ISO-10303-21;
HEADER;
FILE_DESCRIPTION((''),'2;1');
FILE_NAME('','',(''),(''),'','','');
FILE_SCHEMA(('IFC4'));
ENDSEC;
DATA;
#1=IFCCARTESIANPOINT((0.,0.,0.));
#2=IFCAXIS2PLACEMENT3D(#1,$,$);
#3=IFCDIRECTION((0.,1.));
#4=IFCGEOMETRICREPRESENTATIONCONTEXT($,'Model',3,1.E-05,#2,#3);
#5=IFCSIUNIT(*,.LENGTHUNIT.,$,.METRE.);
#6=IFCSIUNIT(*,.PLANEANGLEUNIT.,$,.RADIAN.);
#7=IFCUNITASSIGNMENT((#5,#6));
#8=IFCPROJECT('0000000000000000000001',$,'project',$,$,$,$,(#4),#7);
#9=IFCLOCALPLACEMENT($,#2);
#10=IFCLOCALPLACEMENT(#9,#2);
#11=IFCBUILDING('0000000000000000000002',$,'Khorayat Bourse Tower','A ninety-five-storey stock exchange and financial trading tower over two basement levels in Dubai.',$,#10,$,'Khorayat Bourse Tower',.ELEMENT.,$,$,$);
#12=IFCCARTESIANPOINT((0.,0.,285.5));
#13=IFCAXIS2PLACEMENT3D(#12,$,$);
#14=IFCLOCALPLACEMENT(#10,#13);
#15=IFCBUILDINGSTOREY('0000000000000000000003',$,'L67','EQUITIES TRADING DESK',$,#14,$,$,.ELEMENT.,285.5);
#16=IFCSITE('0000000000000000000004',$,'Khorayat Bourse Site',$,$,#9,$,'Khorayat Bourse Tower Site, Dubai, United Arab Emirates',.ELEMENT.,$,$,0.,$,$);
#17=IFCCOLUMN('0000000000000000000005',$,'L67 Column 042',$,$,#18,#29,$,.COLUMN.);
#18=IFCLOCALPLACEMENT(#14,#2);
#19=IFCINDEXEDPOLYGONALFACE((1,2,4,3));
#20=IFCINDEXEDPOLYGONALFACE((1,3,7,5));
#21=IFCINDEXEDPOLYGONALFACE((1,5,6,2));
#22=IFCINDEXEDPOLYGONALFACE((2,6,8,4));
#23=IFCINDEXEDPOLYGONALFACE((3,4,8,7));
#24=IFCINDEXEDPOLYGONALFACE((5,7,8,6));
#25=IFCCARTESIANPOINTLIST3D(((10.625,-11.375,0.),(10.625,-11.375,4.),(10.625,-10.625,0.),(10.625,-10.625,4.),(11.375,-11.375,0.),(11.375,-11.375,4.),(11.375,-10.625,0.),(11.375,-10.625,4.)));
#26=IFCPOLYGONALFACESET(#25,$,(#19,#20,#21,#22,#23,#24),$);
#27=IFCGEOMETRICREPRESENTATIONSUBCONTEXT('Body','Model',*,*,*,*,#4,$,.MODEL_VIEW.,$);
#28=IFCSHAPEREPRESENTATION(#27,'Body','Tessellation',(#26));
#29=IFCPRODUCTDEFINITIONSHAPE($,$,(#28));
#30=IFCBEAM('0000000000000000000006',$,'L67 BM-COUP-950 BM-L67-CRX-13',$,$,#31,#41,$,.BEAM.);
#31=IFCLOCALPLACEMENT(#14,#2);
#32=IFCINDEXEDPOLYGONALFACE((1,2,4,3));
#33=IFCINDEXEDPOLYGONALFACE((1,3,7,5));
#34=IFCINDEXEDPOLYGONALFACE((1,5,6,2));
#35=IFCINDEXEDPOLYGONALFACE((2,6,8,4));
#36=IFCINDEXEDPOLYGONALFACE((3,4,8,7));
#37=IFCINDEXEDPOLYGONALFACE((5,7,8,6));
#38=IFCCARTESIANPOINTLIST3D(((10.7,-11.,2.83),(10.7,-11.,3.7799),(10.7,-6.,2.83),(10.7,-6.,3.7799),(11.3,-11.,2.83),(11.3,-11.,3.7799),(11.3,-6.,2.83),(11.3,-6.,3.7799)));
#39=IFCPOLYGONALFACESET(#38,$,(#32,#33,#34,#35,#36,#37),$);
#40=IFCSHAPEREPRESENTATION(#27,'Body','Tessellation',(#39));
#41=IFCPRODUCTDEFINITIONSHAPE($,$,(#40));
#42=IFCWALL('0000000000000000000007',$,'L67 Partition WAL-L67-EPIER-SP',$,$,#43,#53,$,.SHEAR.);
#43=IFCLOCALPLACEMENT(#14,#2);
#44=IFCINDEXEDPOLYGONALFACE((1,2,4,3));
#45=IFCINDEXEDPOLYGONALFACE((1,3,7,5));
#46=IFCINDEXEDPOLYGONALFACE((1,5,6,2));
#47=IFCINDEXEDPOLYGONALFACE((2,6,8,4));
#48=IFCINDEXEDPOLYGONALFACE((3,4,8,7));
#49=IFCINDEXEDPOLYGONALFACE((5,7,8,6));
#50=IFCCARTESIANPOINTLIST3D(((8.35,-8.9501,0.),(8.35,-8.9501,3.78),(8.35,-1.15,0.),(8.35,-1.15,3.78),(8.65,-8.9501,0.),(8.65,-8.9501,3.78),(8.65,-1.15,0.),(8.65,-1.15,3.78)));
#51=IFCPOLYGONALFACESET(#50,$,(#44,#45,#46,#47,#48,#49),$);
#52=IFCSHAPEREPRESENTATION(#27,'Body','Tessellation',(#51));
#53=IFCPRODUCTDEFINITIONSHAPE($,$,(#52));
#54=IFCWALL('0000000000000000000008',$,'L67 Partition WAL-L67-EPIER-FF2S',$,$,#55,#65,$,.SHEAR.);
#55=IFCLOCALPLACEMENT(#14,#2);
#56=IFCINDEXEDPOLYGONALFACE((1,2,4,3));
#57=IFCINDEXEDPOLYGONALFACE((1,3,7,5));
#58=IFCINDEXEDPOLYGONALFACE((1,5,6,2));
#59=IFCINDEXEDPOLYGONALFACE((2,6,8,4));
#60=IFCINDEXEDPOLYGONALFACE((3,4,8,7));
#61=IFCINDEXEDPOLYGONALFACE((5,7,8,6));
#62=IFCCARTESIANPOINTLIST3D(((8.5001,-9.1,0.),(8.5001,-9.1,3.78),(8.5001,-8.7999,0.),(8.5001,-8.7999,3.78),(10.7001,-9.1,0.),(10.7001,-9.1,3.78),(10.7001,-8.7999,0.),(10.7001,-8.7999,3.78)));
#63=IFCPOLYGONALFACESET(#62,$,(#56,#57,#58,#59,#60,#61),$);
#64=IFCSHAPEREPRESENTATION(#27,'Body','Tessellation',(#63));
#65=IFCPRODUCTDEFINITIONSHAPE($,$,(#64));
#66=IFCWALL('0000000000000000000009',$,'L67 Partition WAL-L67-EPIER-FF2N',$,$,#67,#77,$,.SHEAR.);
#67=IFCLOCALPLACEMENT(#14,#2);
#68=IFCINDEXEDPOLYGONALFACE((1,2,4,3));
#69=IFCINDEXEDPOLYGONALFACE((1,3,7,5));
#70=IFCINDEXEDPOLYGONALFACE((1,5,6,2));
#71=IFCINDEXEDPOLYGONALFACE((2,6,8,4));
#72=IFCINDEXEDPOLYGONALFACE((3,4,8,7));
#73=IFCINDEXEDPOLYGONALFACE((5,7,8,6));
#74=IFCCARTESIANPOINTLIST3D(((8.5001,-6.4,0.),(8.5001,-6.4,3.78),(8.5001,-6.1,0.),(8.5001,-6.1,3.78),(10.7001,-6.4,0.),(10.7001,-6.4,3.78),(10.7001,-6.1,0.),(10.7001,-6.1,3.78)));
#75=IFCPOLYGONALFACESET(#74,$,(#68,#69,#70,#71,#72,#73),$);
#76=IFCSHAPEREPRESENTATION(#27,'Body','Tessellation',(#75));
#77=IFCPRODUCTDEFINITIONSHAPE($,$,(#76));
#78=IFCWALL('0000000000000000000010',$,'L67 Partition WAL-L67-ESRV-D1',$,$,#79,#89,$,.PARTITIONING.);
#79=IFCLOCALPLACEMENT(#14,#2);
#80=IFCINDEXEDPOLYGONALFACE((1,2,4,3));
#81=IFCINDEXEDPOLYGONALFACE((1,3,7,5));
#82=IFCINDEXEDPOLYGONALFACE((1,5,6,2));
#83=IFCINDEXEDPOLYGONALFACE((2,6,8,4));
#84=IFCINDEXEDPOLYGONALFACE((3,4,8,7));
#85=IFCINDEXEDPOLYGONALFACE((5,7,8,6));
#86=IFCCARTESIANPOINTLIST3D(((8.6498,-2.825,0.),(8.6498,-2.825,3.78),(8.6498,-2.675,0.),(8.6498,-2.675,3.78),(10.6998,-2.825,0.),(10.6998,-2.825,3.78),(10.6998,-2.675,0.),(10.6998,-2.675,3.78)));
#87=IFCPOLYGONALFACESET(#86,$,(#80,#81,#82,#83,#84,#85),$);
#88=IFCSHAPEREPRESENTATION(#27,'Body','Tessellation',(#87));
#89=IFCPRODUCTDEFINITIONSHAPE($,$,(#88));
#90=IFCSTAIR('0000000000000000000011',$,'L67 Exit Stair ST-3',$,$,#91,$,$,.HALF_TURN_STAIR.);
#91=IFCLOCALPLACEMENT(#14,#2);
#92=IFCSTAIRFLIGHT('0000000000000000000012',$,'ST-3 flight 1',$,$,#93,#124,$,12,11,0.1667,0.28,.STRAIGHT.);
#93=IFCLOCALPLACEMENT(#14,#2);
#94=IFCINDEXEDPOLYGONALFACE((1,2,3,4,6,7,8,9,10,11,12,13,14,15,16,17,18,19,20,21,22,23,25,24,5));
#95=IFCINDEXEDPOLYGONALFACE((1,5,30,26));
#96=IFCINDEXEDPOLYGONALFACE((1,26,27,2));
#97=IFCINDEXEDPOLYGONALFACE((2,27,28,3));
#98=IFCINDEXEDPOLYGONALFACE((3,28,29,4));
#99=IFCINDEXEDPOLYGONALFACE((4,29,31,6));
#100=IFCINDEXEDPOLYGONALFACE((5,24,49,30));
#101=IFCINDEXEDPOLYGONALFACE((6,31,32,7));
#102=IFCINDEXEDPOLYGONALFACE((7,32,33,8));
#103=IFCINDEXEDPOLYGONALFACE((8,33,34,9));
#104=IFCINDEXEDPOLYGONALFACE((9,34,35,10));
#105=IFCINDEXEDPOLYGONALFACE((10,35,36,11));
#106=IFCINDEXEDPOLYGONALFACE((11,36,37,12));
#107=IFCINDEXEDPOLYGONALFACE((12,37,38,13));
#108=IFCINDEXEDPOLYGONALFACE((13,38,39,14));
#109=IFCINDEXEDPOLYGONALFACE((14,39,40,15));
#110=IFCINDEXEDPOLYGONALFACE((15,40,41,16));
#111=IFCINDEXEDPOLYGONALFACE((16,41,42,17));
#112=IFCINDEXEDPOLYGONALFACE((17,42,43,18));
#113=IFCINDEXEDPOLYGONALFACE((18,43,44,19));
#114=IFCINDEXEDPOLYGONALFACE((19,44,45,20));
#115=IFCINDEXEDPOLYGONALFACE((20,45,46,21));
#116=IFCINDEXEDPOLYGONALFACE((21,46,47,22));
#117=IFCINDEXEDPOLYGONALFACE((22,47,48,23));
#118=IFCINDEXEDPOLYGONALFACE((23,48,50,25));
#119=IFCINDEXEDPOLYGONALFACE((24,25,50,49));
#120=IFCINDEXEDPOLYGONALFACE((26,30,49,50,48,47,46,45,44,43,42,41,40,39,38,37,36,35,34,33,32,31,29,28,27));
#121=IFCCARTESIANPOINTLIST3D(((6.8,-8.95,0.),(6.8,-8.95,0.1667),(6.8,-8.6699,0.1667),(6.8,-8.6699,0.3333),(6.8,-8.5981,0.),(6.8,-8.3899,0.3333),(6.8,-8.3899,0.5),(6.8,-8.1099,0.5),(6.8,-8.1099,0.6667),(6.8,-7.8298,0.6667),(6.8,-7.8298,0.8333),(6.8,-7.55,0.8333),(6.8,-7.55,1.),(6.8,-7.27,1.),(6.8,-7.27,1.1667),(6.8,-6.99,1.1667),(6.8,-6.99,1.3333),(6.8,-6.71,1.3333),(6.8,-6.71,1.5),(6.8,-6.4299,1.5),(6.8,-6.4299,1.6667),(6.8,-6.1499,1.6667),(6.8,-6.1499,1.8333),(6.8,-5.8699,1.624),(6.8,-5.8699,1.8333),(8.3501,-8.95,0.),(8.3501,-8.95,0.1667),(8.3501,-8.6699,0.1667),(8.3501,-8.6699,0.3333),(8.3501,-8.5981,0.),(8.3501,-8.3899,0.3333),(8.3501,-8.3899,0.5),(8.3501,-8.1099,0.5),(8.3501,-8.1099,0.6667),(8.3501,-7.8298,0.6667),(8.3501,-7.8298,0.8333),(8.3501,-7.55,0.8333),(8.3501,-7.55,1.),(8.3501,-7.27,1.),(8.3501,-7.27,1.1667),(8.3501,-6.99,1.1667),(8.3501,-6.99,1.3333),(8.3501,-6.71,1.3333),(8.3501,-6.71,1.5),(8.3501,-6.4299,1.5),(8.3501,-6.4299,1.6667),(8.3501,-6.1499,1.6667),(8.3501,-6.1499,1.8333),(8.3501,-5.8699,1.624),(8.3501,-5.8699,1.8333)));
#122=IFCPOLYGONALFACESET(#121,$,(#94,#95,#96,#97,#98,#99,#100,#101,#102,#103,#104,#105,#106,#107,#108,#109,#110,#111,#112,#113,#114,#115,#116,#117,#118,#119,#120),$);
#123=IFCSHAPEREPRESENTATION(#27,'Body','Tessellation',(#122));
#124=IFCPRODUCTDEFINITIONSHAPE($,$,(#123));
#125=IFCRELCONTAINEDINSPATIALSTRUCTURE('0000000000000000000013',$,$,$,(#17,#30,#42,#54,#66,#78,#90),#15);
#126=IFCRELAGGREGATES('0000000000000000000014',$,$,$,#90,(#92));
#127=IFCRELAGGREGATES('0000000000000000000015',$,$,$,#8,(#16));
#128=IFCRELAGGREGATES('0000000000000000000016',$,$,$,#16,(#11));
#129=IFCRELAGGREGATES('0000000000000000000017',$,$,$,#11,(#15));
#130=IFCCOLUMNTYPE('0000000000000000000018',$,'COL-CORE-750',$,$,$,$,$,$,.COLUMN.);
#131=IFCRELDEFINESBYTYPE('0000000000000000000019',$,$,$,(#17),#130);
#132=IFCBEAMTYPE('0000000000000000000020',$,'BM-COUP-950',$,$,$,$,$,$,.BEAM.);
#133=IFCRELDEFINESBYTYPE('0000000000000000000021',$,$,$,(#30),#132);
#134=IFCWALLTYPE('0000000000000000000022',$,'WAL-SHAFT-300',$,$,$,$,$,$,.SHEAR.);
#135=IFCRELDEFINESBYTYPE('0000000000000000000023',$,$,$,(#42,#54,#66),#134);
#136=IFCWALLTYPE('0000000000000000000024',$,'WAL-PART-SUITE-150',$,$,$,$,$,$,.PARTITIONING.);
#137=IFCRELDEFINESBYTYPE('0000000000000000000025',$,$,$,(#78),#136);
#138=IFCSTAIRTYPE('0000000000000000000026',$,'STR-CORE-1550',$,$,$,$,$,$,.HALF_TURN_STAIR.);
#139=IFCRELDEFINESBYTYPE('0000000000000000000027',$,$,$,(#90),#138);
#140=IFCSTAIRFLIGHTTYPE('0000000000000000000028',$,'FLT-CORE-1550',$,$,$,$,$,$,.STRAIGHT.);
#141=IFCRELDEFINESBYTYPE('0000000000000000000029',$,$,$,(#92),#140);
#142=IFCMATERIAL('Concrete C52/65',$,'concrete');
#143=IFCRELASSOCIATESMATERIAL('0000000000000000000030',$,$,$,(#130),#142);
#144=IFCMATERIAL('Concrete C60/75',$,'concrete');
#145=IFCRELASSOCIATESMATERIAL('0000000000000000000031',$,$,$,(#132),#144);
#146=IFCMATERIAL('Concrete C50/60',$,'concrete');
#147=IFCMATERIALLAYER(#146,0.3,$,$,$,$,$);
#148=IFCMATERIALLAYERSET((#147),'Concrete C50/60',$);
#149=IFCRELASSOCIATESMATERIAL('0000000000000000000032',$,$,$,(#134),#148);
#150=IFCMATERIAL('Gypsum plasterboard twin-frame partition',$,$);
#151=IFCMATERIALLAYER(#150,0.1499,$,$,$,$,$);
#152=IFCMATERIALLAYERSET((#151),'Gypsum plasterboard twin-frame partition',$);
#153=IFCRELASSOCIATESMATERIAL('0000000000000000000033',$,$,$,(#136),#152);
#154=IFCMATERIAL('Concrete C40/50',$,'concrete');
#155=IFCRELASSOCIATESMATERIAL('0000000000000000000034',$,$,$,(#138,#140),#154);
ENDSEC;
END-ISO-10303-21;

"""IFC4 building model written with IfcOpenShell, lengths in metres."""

from ifc_helpers import new_model, si_unit, direction, frame, frame_2d, origin, origin_2d, place, context, subcontext, project, spatial, polyline, rectangle, outline, extrude, source, transform, mapped, material, layer, layer_set, material_profile, profile_set, type_object, element, aggregate, save


model = new_model("IFC4")

# Units and contexts
model_context = context("Model", 3, precision=1e-05, world=origin(), true_north=direction((0.0, 1.0)))
body_context = subcontext(model_context, "Body", "Model", "MODEL_VIEW")
ifc_project = project(units=[si_unit("LENGTHUNIT", "METRE"), si_unit("PLANEANGLEUNIT", "RADIAN")], contexts=[model_context])

# Site, building, storey
site_placement = place(None, origin())
site = spatial("IfcSite", under=ifc_project, at=site_placement, Name="Khorayat Bourse Site", LongName="Khorayat Bourse Tower Site, Dubai, United Arab Emirates", CompositionType="ELEMENT", RefElevation=0.0)
building_placement = place(site_placement, origin())
building = spatial("IfcBuilding", under=site, at=building_placement, Name="Khorayat Bourse Tower", Description="A ninety-five-storey stock exchange and financial trading tower over two basement levels in Dubai.", LongName="Khorayat Bourse Tower", CompositionType="ELEMENT")
storey_placement = place(building_placement, frame((0.0, 0.0, 285.5)))
storey = spatial("IfcBuildingStorey", under=building, at=storey_placement, Name="L67", Description="EQUITIES TRADING DESK", CompositionType="ELEMENT", Elevation=285.5)

# Column
ifc_material_1 = material(Name="Concrete C52/65", Category="concrete")
ifc_material_profile_1 = material_profile(ifc_material_1, rectangle(XDim=0.75, YDim=0.75, at=origin_2d()), Name="RC 750x750")
ifc_profile_set_1 = profile_set([ifc_material_profile_1], Name="Concrete C52/65")
column_type = type_object("IfcColumnType", Name="COL-CORE-750", PredefinedType="COLUMN", material=ifc_profile_set_1)
shared_shape_1 = source(origin(), body_context, "Body", "SweptSolid", [
    extrude(rectangle(XDim=0.75, YDim=0.75, at=origin_2d()), origin(), (0.0, 0.0, 1.0), 4.0),
])
column_placement = place(storey_placement, frame((11.0, -11.0, 0.0), z_axis=(0.0, 0.0, 1.0), x_axis=(1.0, 0.0, 0.0)))
element("IfcColumn", 1, at=column_placement, inside=storey, type_object=column_type, Name="L67 Column 042", PredefinedType="COLUMN", context=body_context, shape_type="MappedRepresentation", body=[
    mapped(shared_shape_1, transform((0.0, 0.0, 0.0), scale=1.0)),
])

# Beam
ifc_material_2 = material(Name="Concrete C60/75", Category="concrete")
ifc_material_profile_2 = material_profile(ifc_material_2, rectangle(XDim=0.6001, YDim=0.95, at=origin_2d()), Name="RC 600x950")
ifc_profile_set_2 = profile_set([ifc_material_profile_2], Name="Concrete C60/75")
beam_type = type_object("IfcBeamType", Name="BM-COUP-950", PredefinedType="BEAM", material=ifc_profile_set_2)
shared_shape_2 = source(origin(), body_context, "Body", "SweptSolid", [
    extrude(rectangle(XDim=0.6001, YDim=0.95, at=origin_2d()), origin(), (0.0, 0.0, 1.0), 5.0),
])
beam_placement = place(storey_placement, frame((11.0, -11.0, 3.3049), z_axis=(0.0, 1.0, 0.0), x_axis=(-1.0, 0.0, 0.0)))
element("IfcBeam", 2, at=beam_placement, inside=storey, type_object=beam_type, Name="L67 BM-COUP-950 BM-L67-CRX-13", PredefinedType="BEAM", context=body_context, shape_type="MappedRepresentation", body=[
    mapped(shared_shape_2, transform((0.0, 0.0, 0.0), scale=1.0)),
])

# Walls
ifc_material_3 = material(Name="Concrete C50/60", Category="concrete")
ifc_layer_1 = layer(ifc_material_3, 0.3)
ifc_layer_set_1 = layer_set([ifc_layer_1], Name="Concrete C50/60")
wall_type_1 = type_object("IfcWallType", Name="WAL-SHAFT-300", PredefinedType="SHEAR", material=ifc_layer_set_1)
shared_shape_3 = source(origin(), body_context, "Body", "SweptSolid", [
    extrude(rectangle(XDim=7.8, YDim=0.3, at=frame_2d((3.8999, 0.0))), origin(), (0.0, 0.0, 1.0), 3.78),
])
wall_1_placement = place(storey_placement, frame((8.5, -8.95, 0.0), z_axis=(0.0, 0.0, 1.0), x_axis=(0.0, 1.0, 0.0)))
element("IfcWall", 3, at=wall_1_placement, inside=storey, type_object=wall_type_1, Name="L67 Partition WAL-L67-EPIER-SP", PredefinedType="SHEAR", context=body_context, shape_type="MappedRepresentation", body=[
    mapped(shared_shape_3, transform((0.0, 0.0, 0.0), scale=1.0)),
])
shared_shape_4 = source(origin(), body_context, "Body", "SweptSolid", [
    extrude(rectangle(XDim=2.2, YDim=0.3, at=frame_2d((1.1001, 0.0))), origin(), (0.0, 0.0, 1.0), 3.78),
])
for number, where, z_axis, x_axis, name in (
    (4, (8.5, -8.95, 0.0), (0.0, 0.0, 1.0), (1.0, 0.0, 0.0), "L67 Partition WAL-L67-EPIER-FF2S"),
    (5, (8.5, -6.25, 0.0), (0.0, 0.0, 1.0), (1.0, 0.0, 0.0), "L67 Partition WAL-L67-EPIER-FF2N"),
):
    element("IfcWall", number, at=place(storey_placement, frame(where, z_axis=z_axis, x_axis=x_axis)), inside=storey, type_object=wall_type_1, Name=name, PredefinedType="SHEAR", context=body_context, shape_type="MappedRepresentation", body=[
        mapped(shared_shape_4, transform((0.0, 0.0, 0.0), scale=1.0)),
    ])
ifc_material_4 = material(Name="Gypsum plasterboard twin-frame partition")
ifc_layer_2 = layer(ifc_material_4, 0.1499)
ifc_layer_set_2 = layer_set([ifc_layer_2], Name="Gypsum plasterboard twin-frame partition")
wall_type_2 = type_object("IfcWallType", Name="WAL-PART-SUITE-150", PredefinedType="PARTITIONING", material=ifc_layer_set_2)
shared_shape_5 = source(origin(), body_context, "Body", "SweptSolid", [
    extrude(rectangle(XDim=2.05, YDim=0.1499, at=frame_2d((1.0249, 0.0))), origin(), (0.0, 0.0, 1.0), 3.78),
])
wall_2_placement = place(storey_placement, frame((8.6499, -2.75, 0.0), z_axis=(0.0, 0.0, 1.0), x_axis=(1.0, 0.0, 0.0)))
element("IfcWall", 6, at=wall_2_placement, inside=storey, type_object=wall_type_2, Name="L67 Partition WAL-L67-ESRV-D1", PredefinedType="PARTITIONING", context=body_context, shape_type="MappedRepresentation", body=[
    mapped(shared_shape_5, transform((0.0, 0.0, 0.0), scale=1.0)),
])

# Stair, stair flight
ifc_material_5 = material(Name="Concrete C40/50", Category="concrete")
stair_type = type_object("IfcStairType", Name="STR-CORE-1550", PredefinedType="HALF_TURN_STAIR", material=ifc_material_5)
stair_placement = place(storey_placement, origin())
stair = element("IfcStair", 7, at=stair_placement, inside=storey, type_object=stair_type, Name="L67 Exit Stair ST-3", PredefinedType="HALF_TURN_STAIR")
stair_flight_type = type_object("IfcStairFlightType", Name="FLT-CORE-1550", PredefinedType="STRAIGHT", material=ifc_material_5)
shared_shape_6 = source(origin(), body_context, "Body", "SweptSolid", [
    extrude(outline(polyline([(0.0, 0.0), (0.0, 0.1667), (0.28, 0.1667), (0.28, 0.3333), (0.5601, 0.3333), (0.5601, 0.5), (0.8401, 0.5), (0.8401, 0.6667), (1.1201, 0.6667), (1.1201, 0.8333), (1.3999, 0.8333), (1.3999, 1.0), (1.6799, 1.0), (1.6799, 1.1667), (1.96, 1.1667), (1.96, 1.3333), (2.24, 1.3333), (2.24, 1.5), (2.52, 1.5), (2.52, 1.6667), (2.8, 1.6667), (2.8, 1.8333), (3.0801, 1.8333), (3.0801, 2.0), (3.0801, 1.624), (0.3518, 0.0), (0.0, 0.0)])), frame((0.0, 0.7749, 0.0), z_axis=(0.0, -1.0, 0.0), x_axis=(1.0, 0.0, 0.0)), (0.0, 0.0, 1.0), 1.55),
])
stair_flight_placement = place(storey_placement, frame((7.575, -8.95, 0.0), z_axis=(0.0, 0.0, 1.0), x_axis=(0.0, 1.0, 0.0)))
stair_flight = element("IfcStairFlight", 8, at=stair_flight_placement, type_object=stair_flight_type, Name="ST-3 flight 1", NumberOfRisers=12, NumberOfTreads=11, PredefinedType="STRAIGHT", RiserHeight=0.1667, TreadLength=0.28, context=body_context, shape_type="MappedRepresentation", body=[
    mapped(shared_shape_6, transform((0.0, 0.0, 0.0), scale=1.0)),
])
aggregate(stair, [stair_flight])

save(model, "model.ifc")
